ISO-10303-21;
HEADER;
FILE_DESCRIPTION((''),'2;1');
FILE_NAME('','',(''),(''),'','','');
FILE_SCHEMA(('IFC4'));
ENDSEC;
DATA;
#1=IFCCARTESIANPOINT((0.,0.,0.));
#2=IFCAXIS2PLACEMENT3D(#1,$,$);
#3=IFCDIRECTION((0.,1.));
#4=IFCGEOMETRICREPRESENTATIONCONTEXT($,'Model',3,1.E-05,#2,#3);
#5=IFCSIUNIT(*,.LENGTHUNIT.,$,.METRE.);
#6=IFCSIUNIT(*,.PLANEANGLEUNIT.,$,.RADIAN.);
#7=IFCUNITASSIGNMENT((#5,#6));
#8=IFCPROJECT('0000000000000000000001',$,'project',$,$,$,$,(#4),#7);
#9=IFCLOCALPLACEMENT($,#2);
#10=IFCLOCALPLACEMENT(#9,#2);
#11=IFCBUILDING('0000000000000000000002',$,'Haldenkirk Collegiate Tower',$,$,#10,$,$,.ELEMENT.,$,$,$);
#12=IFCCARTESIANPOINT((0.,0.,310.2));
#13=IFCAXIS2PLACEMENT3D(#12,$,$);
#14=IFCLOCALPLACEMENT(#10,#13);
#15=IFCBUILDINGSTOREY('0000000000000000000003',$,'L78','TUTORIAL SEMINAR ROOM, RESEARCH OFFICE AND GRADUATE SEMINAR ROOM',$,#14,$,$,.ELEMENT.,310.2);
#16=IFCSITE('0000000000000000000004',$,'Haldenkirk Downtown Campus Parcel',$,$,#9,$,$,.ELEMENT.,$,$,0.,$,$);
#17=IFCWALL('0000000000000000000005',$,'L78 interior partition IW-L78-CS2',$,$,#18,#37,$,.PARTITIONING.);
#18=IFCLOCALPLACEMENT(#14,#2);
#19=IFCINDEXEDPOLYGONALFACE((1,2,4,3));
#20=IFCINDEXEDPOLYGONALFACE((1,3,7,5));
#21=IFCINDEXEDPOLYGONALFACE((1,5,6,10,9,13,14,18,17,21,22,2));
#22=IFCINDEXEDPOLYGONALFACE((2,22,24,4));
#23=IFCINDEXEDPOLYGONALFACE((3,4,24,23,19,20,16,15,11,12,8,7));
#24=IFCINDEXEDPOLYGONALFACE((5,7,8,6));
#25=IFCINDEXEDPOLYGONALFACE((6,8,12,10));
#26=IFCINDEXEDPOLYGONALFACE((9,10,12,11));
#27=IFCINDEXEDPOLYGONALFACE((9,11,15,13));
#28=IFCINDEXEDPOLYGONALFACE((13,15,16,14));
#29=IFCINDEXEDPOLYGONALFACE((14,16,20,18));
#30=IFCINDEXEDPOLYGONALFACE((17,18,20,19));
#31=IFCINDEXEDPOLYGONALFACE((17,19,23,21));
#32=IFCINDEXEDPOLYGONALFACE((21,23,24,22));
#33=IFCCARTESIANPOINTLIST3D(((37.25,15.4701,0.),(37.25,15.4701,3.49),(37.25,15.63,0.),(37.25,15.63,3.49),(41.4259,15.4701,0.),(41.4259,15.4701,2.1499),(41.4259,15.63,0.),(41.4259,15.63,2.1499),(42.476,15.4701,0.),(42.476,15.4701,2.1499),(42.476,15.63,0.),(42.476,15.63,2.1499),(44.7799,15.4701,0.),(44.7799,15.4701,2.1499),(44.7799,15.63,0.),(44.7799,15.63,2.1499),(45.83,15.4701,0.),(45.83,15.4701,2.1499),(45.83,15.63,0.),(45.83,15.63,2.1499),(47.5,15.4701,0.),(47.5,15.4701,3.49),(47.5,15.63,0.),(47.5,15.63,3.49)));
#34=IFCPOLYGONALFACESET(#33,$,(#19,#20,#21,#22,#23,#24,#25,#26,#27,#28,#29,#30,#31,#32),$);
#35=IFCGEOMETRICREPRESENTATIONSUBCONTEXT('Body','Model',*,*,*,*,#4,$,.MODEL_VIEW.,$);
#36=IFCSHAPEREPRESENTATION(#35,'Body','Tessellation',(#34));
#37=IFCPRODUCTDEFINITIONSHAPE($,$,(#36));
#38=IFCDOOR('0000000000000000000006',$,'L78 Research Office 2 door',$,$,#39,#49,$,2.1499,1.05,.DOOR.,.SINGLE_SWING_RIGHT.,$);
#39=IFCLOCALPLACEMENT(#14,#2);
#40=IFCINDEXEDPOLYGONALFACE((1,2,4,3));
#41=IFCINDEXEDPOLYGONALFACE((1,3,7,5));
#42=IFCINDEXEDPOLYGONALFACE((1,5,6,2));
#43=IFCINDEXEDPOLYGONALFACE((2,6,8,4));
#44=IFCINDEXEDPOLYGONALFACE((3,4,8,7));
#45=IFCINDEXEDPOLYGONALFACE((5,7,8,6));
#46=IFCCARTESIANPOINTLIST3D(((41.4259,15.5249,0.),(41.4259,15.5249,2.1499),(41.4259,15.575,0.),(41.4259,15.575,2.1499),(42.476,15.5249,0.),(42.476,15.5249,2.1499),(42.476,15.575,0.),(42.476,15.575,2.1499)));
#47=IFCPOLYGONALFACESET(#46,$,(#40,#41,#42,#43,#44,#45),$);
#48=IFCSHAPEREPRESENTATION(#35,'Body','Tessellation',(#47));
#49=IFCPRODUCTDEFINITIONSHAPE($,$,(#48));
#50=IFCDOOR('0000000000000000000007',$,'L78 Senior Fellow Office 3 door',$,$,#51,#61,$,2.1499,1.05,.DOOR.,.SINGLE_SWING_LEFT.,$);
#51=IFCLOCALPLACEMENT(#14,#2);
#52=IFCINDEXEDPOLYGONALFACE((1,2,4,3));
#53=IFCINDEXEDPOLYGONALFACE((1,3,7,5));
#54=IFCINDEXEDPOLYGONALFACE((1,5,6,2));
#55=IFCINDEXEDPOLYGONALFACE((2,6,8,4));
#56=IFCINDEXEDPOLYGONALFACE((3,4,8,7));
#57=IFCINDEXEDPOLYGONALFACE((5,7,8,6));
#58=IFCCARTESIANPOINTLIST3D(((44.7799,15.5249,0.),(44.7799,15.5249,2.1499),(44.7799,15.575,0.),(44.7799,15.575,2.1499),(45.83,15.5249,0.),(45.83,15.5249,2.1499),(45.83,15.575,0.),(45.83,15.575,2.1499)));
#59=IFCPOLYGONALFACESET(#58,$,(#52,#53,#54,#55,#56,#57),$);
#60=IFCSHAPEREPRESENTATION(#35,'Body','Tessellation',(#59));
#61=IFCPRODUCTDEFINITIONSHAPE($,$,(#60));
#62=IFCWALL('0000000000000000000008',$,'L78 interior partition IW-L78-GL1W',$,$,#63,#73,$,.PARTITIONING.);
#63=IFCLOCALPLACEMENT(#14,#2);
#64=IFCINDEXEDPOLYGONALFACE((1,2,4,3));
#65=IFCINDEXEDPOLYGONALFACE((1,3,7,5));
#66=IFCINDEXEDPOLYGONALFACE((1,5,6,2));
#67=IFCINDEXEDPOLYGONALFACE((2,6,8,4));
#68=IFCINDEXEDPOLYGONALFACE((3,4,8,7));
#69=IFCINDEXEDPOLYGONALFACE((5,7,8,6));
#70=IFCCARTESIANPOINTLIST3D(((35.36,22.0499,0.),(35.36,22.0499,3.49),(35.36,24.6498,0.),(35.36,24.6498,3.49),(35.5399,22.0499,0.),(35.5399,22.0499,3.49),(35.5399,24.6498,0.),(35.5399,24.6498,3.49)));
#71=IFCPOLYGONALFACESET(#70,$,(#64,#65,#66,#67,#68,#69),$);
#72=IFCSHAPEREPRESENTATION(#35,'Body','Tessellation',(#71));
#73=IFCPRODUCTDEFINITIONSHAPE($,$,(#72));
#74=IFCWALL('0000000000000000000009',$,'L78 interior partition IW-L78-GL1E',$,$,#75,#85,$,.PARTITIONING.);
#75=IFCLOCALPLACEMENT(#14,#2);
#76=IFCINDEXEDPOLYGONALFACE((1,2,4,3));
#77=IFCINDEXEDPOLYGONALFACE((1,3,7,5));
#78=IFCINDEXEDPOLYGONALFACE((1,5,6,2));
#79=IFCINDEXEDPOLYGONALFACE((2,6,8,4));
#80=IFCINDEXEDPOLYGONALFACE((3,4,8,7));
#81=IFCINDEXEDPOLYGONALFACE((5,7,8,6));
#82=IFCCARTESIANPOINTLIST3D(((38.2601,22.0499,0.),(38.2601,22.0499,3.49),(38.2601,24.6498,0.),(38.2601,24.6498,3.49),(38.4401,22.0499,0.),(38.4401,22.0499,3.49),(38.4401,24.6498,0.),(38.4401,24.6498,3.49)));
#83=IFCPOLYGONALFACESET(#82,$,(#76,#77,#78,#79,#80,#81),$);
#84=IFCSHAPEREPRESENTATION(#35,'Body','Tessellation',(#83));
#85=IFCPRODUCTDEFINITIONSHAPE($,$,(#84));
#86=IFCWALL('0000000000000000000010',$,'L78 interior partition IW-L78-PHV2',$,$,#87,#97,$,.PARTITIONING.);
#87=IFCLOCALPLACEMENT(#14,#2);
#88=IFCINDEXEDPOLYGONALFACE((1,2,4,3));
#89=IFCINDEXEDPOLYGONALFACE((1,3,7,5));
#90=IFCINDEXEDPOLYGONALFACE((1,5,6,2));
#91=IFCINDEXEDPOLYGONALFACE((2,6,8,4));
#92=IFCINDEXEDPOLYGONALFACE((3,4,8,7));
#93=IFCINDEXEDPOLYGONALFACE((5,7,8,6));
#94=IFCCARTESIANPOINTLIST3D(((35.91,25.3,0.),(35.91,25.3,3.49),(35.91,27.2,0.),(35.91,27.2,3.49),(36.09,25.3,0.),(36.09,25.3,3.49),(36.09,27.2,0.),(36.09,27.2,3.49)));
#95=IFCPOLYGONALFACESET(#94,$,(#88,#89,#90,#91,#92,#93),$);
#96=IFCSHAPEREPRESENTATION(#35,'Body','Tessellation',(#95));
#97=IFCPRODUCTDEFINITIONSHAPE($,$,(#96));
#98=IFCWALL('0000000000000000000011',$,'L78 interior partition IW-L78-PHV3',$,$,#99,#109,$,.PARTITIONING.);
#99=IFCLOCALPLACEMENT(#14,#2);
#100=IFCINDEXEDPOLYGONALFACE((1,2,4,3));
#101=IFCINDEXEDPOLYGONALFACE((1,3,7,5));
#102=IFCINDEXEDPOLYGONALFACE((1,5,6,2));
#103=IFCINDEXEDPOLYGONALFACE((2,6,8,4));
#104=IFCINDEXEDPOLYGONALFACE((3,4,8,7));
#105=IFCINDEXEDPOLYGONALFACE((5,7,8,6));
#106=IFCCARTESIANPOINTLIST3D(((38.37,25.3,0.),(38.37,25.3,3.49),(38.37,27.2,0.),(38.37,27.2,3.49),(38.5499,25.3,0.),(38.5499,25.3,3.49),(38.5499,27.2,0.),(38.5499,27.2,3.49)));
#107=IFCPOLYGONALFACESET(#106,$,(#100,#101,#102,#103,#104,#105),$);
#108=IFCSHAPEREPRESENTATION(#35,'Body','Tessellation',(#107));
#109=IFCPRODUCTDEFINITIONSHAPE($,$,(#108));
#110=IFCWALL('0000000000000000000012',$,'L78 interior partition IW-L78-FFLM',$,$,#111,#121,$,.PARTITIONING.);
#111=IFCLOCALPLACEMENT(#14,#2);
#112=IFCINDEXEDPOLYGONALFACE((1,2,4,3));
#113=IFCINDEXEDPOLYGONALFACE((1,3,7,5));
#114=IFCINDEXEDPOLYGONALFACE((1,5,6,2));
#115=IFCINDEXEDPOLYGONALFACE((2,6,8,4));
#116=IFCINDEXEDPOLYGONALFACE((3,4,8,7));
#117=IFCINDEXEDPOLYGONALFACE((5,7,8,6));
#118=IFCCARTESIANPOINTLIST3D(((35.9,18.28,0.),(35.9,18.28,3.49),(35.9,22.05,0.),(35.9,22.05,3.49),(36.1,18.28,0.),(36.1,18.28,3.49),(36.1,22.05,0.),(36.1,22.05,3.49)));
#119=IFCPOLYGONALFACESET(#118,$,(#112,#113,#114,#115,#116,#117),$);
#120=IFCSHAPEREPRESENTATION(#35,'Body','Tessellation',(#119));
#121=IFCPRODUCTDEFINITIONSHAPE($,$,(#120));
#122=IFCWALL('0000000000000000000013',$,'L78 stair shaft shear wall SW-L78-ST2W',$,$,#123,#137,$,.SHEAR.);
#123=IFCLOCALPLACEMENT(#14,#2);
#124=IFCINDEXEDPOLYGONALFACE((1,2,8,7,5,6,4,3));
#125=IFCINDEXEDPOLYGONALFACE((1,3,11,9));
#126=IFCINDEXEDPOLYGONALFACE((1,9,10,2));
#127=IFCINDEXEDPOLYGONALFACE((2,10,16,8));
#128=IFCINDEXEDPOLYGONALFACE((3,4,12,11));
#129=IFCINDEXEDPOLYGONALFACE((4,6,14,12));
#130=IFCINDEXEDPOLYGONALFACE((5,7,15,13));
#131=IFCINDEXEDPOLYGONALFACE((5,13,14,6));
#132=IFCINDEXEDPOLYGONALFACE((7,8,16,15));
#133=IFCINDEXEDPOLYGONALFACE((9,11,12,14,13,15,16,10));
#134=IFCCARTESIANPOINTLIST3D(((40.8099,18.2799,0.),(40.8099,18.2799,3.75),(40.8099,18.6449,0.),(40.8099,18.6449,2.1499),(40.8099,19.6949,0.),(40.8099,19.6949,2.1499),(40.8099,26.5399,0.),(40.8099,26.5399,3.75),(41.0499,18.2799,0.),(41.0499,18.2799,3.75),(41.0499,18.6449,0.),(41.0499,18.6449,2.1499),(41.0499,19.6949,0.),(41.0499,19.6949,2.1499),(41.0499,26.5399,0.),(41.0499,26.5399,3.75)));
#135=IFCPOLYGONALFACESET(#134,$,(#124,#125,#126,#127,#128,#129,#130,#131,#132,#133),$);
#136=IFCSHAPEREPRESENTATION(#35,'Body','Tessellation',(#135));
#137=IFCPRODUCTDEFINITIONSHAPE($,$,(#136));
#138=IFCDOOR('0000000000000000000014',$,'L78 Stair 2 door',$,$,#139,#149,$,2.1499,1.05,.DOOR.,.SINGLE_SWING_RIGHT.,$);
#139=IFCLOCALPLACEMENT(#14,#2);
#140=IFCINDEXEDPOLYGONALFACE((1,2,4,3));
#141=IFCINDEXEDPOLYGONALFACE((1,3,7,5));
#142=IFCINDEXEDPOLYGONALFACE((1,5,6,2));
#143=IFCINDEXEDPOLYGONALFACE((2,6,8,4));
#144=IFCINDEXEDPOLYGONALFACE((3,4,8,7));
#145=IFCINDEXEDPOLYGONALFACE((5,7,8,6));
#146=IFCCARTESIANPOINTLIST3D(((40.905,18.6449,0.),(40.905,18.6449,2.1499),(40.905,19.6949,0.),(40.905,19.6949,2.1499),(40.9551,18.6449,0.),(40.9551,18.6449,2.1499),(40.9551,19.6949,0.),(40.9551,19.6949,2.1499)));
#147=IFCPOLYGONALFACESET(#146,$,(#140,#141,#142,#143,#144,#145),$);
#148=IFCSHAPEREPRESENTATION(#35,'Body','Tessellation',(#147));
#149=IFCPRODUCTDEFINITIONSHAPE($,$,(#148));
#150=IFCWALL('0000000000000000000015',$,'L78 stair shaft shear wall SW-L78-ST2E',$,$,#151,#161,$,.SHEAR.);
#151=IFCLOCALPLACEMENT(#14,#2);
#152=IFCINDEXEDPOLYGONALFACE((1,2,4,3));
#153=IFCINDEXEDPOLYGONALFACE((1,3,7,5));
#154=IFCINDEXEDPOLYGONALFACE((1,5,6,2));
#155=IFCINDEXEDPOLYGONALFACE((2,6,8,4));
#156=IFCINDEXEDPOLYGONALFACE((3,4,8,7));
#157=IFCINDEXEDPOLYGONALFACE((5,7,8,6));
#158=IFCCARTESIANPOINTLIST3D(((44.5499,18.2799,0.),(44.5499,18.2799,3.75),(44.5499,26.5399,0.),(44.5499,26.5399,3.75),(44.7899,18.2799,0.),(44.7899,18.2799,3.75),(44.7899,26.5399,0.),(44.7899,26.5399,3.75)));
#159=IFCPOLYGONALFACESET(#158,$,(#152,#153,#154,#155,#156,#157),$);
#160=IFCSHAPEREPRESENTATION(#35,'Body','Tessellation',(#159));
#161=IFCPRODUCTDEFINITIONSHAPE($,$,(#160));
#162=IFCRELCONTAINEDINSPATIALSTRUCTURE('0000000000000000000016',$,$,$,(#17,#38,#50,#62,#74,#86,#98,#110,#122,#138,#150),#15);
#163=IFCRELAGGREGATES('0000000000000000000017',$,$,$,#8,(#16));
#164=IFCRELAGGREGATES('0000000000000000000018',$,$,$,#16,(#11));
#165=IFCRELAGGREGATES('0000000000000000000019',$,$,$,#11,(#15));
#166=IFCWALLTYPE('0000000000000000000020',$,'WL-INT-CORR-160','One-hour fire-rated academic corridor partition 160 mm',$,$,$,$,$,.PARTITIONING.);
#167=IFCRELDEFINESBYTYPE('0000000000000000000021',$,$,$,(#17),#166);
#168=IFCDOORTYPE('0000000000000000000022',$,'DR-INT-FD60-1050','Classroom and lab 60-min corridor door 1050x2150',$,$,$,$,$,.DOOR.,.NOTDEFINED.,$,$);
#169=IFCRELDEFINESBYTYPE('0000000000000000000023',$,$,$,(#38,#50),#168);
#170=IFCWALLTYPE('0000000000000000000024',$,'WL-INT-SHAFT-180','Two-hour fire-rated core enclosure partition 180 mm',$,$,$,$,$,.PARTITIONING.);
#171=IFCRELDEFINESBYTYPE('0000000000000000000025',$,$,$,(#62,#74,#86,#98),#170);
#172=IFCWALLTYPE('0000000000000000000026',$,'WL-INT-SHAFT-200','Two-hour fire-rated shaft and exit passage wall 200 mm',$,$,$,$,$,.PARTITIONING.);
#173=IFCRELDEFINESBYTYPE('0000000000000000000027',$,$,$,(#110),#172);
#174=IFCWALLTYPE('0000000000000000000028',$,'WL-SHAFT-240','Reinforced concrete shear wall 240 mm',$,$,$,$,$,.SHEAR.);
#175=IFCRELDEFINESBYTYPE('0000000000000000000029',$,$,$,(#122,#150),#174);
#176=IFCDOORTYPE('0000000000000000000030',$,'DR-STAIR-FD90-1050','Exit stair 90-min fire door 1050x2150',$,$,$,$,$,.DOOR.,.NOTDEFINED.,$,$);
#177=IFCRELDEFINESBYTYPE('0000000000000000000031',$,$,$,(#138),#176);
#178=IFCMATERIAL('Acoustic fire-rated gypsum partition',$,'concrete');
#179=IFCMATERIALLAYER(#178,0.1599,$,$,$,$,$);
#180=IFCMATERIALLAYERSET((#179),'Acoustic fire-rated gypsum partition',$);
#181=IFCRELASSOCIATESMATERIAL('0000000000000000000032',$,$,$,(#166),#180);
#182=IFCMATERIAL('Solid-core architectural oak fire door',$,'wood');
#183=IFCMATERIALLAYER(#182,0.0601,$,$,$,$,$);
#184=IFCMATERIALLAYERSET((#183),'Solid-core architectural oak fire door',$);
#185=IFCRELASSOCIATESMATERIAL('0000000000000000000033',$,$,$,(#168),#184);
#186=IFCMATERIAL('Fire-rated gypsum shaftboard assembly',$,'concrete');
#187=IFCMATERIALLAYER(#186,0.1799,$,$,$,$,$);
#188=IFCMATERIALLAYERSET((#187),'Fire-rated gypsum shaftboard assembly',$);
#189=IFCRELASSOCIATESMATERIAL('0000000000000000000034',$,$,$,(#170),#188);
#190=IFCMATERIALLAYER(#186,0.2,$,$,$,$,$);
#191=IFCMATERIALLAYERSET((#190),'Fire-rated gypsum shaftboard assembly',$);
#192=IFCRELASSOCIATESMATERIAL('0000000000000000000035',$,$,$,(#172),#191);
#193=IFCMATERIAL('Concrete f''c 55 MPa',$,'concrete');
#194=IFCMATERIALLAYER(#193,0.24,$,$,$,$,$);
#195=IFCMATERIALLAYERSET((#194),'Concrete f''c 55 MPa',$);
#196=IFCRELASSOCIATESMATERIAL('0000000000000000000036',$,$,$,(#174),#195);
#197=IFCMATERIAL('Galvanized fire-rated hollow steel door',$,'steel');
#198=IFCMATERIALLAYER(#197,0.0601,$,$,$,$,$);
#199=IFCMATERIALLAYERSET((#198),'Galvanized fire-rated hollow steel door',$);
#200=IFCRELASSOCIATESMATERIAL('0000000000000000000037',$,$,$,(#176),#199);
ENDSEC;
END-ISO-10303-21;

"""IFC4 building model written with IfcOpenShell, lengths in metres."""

from ifc_helpers import new_model, si_unit, direction, frame, frame_2d, origin, place, context, subcontext, project, spatial, rectangle, extrude, material, layer, layer_set, type_object, element, fill, save


model = new_model("IFC4")

# Units and contexts
model_context = context("Model", 3, precision=1e-05, world=origin(), true_north=direction((0.0, 1.0)))
body_context = subcontext(model_context, "Body", "Model", "MODEL_VIEW")
ifc_project = project(units=[si_unit("LENGTHUNIT", "METRE"), si_unit("PLANEANGLEUNIT", "RADIAN")], contexts=[model_context])

# Site, building, storey
site_placement = place(None, origin())
site = spatial("IfcSite", under=ifc_project, at=site_placement, Name="Haldenkirk Downtown Campus Parcel", CompositionType="ELEMENT", RefElevation=0.0)
building_placement = place(site_placement, origin())
building = spatial("IfcBuilding", under=site, at=building_placement, Name="Haldenkirk Collegiate Tower", CompositionType="ELEMENT")
storey_placement = place(building_placement, frame((0.0, 0.0, 310.2)))
storey = spatial("IfcBuildingStorey", under=building, at=storey_placement, Name="L78", Description="TUTORIAL SEMINAR ROOM, RESEARCH OFFICE AND GRADUATE SEMINAR ROOM", CompositionType="ELEMENT", Elevation=310.2)

# Wall, openings, doors
ifc_material_1 = material(Name="Acoustic fire-rated gypsum partition", Category="concrete")
ifc_layer_1 = layer(ifc_material_1, 0.1599)
ifc_layer_set_1 = layer_set([ifc_layer_1], Name="Acoustic fire-rated gypsum partition")
wall_type_1 = type_object("IfcWallType", Name="WL-INT-CORR-160", Description="One-hour fire-rated academic corridor partition 160 mm", PredefinedType="PARTITIONING", material=ifc_layer_set_1)
wall_1_placement = place(storey_placement, frame((37.25, 15.55, 0.0), z_axis=(0.0, 0.0, 1.0), x_axis=(1.0, 0.0, 0.0)))
wall_1 = element("IfcWall", 1, at=wall_1_placement, inside=storey, type_object=wall_type_1, Name="L78 interior partition IW-L78-CS2", PredefinedType="PARTITIONING", context=body_context, shape_type="SweptSolid", body=[
    extrude(rectangle(XDim=10.25, YDim=0.1599, at=frame_2d((5.125, 0.0))), origin(), (0.0, 0.0, 1.0), 3.49),
])
opening_1_placement = place(wall_1_placement, frame((4.176, 0.0, 0.0)))
opening_1 = element("IfcOpeningElement", 2, at=opening_1_placement, cuts=wall_1, PredefinedType="OPENING", context=body_context, shape_type="SweptSolid", body=[
    extrude(rectangle(XDim=1.05, YDim=2.1499, at=frame_2d((0.5249, 1.075))), frame((0.0, 0.0898, 0.0), z_axis=(0.0, -1.0, 0.0), x_axis=(1.0, 0.0, 0.0)), (0.0, 0.0, 1.0), 0.1799),
])
opening_2_placement = place(wall_1_placement, frame((7.53, 0.0, 0.0)))
opening_2 = element("IfcOpeningElement", 3, at=opening_2_placement, cuts=wall_1, PredefinedType="OPENING", context=body_context, shape_type="SweptSolid", body=[
    extrude(rectangle(XDim=1.05, YDim=2.1499, at=frame_2d((0.5249, 1.075))), frame((0.0, 0.0898, 0.0), z_axis=(0.0, -1.0, 0.0), x_axis=(1.0, 0.0, 0.0)), (0.0, 0.0, 1.0), 0.1799),
])
ifc_material_2 = material(Name="Solid-core architectural oak fire door", Category="wood")
ifc_layer_2 = layer(ifc_material_2, 0.0601)
ifc_layer_set_2 = layer_set([ifc_layer_2], Name="Solid-core architectural oak fire door")
door_type_1 = type_object("IfcDoorType", Name="DR-INT-FD60-1050", Description="Classroom and lab 60-min corridor door 1050x2150", OperationType="NOTDEFINED", PredefinedType="DOOR", material=ifc_layer_set_2)
door_1_placement = place(opening_1_placement, origin())
door_1 = element("IfcDoor", 4, at=door_1_placement, inside=storey, type_object=door_type_1, Name="L78 Research Office 2 door", OperationType="SINGLE_SWING_RIGHT", OverallHeight=2.1499, OverallWidth=1.05, PredefinedType="DOOR", context=body_context, shape_type="SweptSolid", body=[
    extrude(rectangle(XDim=1.05, YDim=2.1499, at=frame_2d((0.5249, 1.075))), frame((0.0, 0.0249, 0.0), z_axis=(0.0, -1.0, 0.0), x_axis=(1.0, 0.0, 0.0)), (0.0, 0.0, 1.0), 0.05),
])
fill(opening_1, door_1)
door_2_placement = place(opening_2_placement, origin())
door_2 = element("IfcDoor", 5, at=door_2_placement, inside=storey, type_object=door_type_1, Name="L78 Senior Fellow Office 3 door", OperationType="SINGLE_SWING_LEFT", OverallHeight=2.1499, OverallWidth=1.05, PredefinedType="DOOR", context=body_context, shape_type="SweptSolid", body=[
    extrude(rectangle(XDim=1.05, YDim=2.1499, at=frame_2d((0.5249, 1.075))), frame((0.0, 0.0249, 0.0), z_axis=(0.0, -1.0, 0.0), x_axis=(1.0, 0.0, 0.0)), (0.0, 0.0, 1.0), 0.05),
])
fill(opening_2, door_2)

# Walls
ifc_material_3 = material(Name="Fire-rated gypsum shaftboard assembly", Category="concrete")
ifc_layer_3 = layer(ifc_material_3, 0.1799)
ifc_layer_set_3 = layer_set([ifc_layer_3], Name="Fire-rated gypsum shaftboard assembly")
wall_type_2 = type_object("IfcWallType", Name="WL-INT-SHAFT-180", Description="Two-hour fire-rated core enclosure partition 180 mm", PredefinedType="PARTITIONING", material=ifc_layer_set_3)
for number, where, z_axis, x_axis, name in (
    (6, (35.45, 22.05, 0.0), (0.0, 0.0, 1.0), (0.0, 1.0, 0.0), "L78 interior partition IW-L78-GL1W"),
    (7, (38.3501, 22.05, 0.0), (0.0, 0.0, 1.0), (0.0, 1.0, 0.0), "L78 interior partition IW-L78-GL1E"),
):
    element("IfcWall", number, at=place(storey_placement, frame(where, z_axis=z_axis, x_axis=x_axis)), inside=storey, type_object=wall_type_2, Name=name, PredefinedType="PARTITIONING", context=body_context, shape_type="SweptSolid", body=[
        extrude(rectangle(XDim=2.5999, YDim=0.1799, at=frame_2d((1.2998, 0.0))), origin(), (0.0, 0.0, 1.0), 3.49),
    ])
for number, where, z_axis, x_axis, name in (
    (8, (36.0, 25.3, 0.0), (0.0, 0.0, 1.0), (0.0, 1.0, 0.0), "L78 interior partition IW-L78-PHV2"),
    (9, (38.46, 25.3, 0.0), (0.0, 0.0, 1.0), (0.0, 1.0, 0.0), "L78 interior partition IW-L78-PHV3"),
):
    element("IfcWall", number, at=place(storey_placement, frame(where, z_axis=z_axis, x_axis=x_axis)), inside=storey, type_object=wall_type_2, Name=name, PredefinedType="PARTITIONING", context=body_context, shape_type="SweptSolid", body=[
        extrude(rectangle(XDim=1.8999, YDim=0.1799, at=frame_2d((0.95, 0.0))), origin(), (0.0, 0.0, 1.0), 3.49),
    ])
ifc_layer_4 = layer(ifc_material_3, 0.2)
ifc_layer_set_4 = layer_set([ifc_layer_4], Name="Fire-rated gypsum shaftboard assembly")
wall_type_3 = type_object("IfcWallType", Name="WL-INT-SHAFT-200", Description="Two-hour fire-rated shaft and exit passage wall 200 mm", PredefinedType="PARTITIONING", material=ifc_layer_set_4)
wall_2_placement = place(storey_placement, frame((36.0, 18.28, 0.0), z_axis=(0.0, 0.0, 1.0), x_axis=(0.0, 1.0, 0.0)))
element("IfcWall", 10, at=wall_2_placement, inside=storey, type_object=wall_type_3, Name="L78 interior partition IW-L78-FFLM", PredefinedType="PARTITIONING", context=body_context, shape_type="SweptSolid", body=[
    extrude(rectangle(XDim=3.77, YDim=0.2, at=frame_2d((1.885, 0.0))), origin(), (0.0, 0.0, 1.0), 3.49),
])

# Wall, opening, door
ifc_material_4 = material(Name="Concrete f'c 55 MPa", Category="concrete")
ifc_layer_5 = layer(ifc_material_4, 0.24)
ifc_layer_set_5 = layer_set([ifc_layer_5], Name="Concrete f'c 55 MPa")
wall_type_4 = type_object("IfcWallType", Name="WL-SHAFT-240", Description="Reinforced concrete shear wall 240 mm", PredefinedType="SHEAR", material=ifc_layer_set_5)
wall_3_placement = place(storey_placement, frame((40.9299, 18.28, 0.0), z_axis=(0.0, 0.0, 1.0), x_axis=(0.0, 1.0, 0.0)))
wall_3 = element("IfcWall", 11, at=wall_3_placement, inside=storey, type_object=wall_type_4, Name="L78 stair shaft shear wall SW-L78-ST2W", PredefinedType="SHEAR", context=body_context, shape_type="SweptSolid", body=[
    extrude(rectangle(XDim=8.26, YDim=0.24, at=frame_2d((4.1299, 0.0))), origin(), (0.0, 0.0, 1.0), 3.75),
])
opening_3_placement = place(wall_3_placement, frame((0.365, 0.0, 0.0)))
opening_3 = element("IfcOpeningElement", 12, at=opening_3_placement, cuts=wall_3, PredefinedType="OPENING", context=body_context, shape_type="SweptSolid", body=[
    extrude(rectangle(XDim=1.05, YDim=2.1499, at=frame_2d((0.5249, 1.075))), frame((0.0, 0.1299, 0.0), z_axis=(0.0, -1.0, 0.0), x_axis=(1.0, 0.0, 0.0)), (0.0, 0.0, 1.0), 0.26),
])
ifc_material_5 = material(Name="Galvanized fire-rated hollow steel door", Category="steel")
ifc_layer_6 = layer(ifc_material_5, 0.0601)
ifc_layer_set_6 = layer_set([ifc_layer_6], Name="Galvanized fire-rated hollow steel door")
door_type_2 = type_object("IfcDoorType", Name="DR-STAIR-FD90-1050", Description="Exit stair 90-min fire door 1050x2150", OperationType="NOTDEFINED", PredefinedType="DOOR", material=ifc_layer_set_6)
door_3_placement = place(opening_3_placement, origin())
door_3 = element("IfcDoor", 13, at=door_3_placement, inside=storey, type_object=door_type_2, Name="L78 Stair 2 door", OperationType="SINGLE_SWING_RIGHT", OverallHeight=2.1499, OverallWidth=1.05, PredefinedType="DOOR", context=body_context, shape_type="SweptSolid", body=[
    extrude(rectangle(XDim=1.05, YDim=2.1499, at=frame_2d((0.5249, 1.075))), frame((0.0, 0.0249, 0.0), z_axis=(0.0, -1.0, 0.0), x_axis=(1.0, 0.0, 0.0)), (0.0, 0.0, 1.0), 0.05),
])
fill(opening_3, door_3)

# Wall
wall_4_placement = place(storey_placement, frame((44.6699, 18.28, 0.0), z_axis=(0.0, 0.0, 1.0), x_axis=(0.0, 1.0, 0.0)))
element("IfcWall", 14, at=wall_4_placement, inside=storey, type_object=wall_type_4, Name="L78 stair shaft shear wall SW-L78-ST2E", PredefinedType="SHEAR", context=body_context, shape_type="SweptSolid", body=[
    extrude(rectangle(XDim=8.26, YDim=0.24, at=frame_2d((4.1299, 0.0))), origin(), (0.0, 0.0, 1.0), 3.75),
])

save(model, "model.ifc")
